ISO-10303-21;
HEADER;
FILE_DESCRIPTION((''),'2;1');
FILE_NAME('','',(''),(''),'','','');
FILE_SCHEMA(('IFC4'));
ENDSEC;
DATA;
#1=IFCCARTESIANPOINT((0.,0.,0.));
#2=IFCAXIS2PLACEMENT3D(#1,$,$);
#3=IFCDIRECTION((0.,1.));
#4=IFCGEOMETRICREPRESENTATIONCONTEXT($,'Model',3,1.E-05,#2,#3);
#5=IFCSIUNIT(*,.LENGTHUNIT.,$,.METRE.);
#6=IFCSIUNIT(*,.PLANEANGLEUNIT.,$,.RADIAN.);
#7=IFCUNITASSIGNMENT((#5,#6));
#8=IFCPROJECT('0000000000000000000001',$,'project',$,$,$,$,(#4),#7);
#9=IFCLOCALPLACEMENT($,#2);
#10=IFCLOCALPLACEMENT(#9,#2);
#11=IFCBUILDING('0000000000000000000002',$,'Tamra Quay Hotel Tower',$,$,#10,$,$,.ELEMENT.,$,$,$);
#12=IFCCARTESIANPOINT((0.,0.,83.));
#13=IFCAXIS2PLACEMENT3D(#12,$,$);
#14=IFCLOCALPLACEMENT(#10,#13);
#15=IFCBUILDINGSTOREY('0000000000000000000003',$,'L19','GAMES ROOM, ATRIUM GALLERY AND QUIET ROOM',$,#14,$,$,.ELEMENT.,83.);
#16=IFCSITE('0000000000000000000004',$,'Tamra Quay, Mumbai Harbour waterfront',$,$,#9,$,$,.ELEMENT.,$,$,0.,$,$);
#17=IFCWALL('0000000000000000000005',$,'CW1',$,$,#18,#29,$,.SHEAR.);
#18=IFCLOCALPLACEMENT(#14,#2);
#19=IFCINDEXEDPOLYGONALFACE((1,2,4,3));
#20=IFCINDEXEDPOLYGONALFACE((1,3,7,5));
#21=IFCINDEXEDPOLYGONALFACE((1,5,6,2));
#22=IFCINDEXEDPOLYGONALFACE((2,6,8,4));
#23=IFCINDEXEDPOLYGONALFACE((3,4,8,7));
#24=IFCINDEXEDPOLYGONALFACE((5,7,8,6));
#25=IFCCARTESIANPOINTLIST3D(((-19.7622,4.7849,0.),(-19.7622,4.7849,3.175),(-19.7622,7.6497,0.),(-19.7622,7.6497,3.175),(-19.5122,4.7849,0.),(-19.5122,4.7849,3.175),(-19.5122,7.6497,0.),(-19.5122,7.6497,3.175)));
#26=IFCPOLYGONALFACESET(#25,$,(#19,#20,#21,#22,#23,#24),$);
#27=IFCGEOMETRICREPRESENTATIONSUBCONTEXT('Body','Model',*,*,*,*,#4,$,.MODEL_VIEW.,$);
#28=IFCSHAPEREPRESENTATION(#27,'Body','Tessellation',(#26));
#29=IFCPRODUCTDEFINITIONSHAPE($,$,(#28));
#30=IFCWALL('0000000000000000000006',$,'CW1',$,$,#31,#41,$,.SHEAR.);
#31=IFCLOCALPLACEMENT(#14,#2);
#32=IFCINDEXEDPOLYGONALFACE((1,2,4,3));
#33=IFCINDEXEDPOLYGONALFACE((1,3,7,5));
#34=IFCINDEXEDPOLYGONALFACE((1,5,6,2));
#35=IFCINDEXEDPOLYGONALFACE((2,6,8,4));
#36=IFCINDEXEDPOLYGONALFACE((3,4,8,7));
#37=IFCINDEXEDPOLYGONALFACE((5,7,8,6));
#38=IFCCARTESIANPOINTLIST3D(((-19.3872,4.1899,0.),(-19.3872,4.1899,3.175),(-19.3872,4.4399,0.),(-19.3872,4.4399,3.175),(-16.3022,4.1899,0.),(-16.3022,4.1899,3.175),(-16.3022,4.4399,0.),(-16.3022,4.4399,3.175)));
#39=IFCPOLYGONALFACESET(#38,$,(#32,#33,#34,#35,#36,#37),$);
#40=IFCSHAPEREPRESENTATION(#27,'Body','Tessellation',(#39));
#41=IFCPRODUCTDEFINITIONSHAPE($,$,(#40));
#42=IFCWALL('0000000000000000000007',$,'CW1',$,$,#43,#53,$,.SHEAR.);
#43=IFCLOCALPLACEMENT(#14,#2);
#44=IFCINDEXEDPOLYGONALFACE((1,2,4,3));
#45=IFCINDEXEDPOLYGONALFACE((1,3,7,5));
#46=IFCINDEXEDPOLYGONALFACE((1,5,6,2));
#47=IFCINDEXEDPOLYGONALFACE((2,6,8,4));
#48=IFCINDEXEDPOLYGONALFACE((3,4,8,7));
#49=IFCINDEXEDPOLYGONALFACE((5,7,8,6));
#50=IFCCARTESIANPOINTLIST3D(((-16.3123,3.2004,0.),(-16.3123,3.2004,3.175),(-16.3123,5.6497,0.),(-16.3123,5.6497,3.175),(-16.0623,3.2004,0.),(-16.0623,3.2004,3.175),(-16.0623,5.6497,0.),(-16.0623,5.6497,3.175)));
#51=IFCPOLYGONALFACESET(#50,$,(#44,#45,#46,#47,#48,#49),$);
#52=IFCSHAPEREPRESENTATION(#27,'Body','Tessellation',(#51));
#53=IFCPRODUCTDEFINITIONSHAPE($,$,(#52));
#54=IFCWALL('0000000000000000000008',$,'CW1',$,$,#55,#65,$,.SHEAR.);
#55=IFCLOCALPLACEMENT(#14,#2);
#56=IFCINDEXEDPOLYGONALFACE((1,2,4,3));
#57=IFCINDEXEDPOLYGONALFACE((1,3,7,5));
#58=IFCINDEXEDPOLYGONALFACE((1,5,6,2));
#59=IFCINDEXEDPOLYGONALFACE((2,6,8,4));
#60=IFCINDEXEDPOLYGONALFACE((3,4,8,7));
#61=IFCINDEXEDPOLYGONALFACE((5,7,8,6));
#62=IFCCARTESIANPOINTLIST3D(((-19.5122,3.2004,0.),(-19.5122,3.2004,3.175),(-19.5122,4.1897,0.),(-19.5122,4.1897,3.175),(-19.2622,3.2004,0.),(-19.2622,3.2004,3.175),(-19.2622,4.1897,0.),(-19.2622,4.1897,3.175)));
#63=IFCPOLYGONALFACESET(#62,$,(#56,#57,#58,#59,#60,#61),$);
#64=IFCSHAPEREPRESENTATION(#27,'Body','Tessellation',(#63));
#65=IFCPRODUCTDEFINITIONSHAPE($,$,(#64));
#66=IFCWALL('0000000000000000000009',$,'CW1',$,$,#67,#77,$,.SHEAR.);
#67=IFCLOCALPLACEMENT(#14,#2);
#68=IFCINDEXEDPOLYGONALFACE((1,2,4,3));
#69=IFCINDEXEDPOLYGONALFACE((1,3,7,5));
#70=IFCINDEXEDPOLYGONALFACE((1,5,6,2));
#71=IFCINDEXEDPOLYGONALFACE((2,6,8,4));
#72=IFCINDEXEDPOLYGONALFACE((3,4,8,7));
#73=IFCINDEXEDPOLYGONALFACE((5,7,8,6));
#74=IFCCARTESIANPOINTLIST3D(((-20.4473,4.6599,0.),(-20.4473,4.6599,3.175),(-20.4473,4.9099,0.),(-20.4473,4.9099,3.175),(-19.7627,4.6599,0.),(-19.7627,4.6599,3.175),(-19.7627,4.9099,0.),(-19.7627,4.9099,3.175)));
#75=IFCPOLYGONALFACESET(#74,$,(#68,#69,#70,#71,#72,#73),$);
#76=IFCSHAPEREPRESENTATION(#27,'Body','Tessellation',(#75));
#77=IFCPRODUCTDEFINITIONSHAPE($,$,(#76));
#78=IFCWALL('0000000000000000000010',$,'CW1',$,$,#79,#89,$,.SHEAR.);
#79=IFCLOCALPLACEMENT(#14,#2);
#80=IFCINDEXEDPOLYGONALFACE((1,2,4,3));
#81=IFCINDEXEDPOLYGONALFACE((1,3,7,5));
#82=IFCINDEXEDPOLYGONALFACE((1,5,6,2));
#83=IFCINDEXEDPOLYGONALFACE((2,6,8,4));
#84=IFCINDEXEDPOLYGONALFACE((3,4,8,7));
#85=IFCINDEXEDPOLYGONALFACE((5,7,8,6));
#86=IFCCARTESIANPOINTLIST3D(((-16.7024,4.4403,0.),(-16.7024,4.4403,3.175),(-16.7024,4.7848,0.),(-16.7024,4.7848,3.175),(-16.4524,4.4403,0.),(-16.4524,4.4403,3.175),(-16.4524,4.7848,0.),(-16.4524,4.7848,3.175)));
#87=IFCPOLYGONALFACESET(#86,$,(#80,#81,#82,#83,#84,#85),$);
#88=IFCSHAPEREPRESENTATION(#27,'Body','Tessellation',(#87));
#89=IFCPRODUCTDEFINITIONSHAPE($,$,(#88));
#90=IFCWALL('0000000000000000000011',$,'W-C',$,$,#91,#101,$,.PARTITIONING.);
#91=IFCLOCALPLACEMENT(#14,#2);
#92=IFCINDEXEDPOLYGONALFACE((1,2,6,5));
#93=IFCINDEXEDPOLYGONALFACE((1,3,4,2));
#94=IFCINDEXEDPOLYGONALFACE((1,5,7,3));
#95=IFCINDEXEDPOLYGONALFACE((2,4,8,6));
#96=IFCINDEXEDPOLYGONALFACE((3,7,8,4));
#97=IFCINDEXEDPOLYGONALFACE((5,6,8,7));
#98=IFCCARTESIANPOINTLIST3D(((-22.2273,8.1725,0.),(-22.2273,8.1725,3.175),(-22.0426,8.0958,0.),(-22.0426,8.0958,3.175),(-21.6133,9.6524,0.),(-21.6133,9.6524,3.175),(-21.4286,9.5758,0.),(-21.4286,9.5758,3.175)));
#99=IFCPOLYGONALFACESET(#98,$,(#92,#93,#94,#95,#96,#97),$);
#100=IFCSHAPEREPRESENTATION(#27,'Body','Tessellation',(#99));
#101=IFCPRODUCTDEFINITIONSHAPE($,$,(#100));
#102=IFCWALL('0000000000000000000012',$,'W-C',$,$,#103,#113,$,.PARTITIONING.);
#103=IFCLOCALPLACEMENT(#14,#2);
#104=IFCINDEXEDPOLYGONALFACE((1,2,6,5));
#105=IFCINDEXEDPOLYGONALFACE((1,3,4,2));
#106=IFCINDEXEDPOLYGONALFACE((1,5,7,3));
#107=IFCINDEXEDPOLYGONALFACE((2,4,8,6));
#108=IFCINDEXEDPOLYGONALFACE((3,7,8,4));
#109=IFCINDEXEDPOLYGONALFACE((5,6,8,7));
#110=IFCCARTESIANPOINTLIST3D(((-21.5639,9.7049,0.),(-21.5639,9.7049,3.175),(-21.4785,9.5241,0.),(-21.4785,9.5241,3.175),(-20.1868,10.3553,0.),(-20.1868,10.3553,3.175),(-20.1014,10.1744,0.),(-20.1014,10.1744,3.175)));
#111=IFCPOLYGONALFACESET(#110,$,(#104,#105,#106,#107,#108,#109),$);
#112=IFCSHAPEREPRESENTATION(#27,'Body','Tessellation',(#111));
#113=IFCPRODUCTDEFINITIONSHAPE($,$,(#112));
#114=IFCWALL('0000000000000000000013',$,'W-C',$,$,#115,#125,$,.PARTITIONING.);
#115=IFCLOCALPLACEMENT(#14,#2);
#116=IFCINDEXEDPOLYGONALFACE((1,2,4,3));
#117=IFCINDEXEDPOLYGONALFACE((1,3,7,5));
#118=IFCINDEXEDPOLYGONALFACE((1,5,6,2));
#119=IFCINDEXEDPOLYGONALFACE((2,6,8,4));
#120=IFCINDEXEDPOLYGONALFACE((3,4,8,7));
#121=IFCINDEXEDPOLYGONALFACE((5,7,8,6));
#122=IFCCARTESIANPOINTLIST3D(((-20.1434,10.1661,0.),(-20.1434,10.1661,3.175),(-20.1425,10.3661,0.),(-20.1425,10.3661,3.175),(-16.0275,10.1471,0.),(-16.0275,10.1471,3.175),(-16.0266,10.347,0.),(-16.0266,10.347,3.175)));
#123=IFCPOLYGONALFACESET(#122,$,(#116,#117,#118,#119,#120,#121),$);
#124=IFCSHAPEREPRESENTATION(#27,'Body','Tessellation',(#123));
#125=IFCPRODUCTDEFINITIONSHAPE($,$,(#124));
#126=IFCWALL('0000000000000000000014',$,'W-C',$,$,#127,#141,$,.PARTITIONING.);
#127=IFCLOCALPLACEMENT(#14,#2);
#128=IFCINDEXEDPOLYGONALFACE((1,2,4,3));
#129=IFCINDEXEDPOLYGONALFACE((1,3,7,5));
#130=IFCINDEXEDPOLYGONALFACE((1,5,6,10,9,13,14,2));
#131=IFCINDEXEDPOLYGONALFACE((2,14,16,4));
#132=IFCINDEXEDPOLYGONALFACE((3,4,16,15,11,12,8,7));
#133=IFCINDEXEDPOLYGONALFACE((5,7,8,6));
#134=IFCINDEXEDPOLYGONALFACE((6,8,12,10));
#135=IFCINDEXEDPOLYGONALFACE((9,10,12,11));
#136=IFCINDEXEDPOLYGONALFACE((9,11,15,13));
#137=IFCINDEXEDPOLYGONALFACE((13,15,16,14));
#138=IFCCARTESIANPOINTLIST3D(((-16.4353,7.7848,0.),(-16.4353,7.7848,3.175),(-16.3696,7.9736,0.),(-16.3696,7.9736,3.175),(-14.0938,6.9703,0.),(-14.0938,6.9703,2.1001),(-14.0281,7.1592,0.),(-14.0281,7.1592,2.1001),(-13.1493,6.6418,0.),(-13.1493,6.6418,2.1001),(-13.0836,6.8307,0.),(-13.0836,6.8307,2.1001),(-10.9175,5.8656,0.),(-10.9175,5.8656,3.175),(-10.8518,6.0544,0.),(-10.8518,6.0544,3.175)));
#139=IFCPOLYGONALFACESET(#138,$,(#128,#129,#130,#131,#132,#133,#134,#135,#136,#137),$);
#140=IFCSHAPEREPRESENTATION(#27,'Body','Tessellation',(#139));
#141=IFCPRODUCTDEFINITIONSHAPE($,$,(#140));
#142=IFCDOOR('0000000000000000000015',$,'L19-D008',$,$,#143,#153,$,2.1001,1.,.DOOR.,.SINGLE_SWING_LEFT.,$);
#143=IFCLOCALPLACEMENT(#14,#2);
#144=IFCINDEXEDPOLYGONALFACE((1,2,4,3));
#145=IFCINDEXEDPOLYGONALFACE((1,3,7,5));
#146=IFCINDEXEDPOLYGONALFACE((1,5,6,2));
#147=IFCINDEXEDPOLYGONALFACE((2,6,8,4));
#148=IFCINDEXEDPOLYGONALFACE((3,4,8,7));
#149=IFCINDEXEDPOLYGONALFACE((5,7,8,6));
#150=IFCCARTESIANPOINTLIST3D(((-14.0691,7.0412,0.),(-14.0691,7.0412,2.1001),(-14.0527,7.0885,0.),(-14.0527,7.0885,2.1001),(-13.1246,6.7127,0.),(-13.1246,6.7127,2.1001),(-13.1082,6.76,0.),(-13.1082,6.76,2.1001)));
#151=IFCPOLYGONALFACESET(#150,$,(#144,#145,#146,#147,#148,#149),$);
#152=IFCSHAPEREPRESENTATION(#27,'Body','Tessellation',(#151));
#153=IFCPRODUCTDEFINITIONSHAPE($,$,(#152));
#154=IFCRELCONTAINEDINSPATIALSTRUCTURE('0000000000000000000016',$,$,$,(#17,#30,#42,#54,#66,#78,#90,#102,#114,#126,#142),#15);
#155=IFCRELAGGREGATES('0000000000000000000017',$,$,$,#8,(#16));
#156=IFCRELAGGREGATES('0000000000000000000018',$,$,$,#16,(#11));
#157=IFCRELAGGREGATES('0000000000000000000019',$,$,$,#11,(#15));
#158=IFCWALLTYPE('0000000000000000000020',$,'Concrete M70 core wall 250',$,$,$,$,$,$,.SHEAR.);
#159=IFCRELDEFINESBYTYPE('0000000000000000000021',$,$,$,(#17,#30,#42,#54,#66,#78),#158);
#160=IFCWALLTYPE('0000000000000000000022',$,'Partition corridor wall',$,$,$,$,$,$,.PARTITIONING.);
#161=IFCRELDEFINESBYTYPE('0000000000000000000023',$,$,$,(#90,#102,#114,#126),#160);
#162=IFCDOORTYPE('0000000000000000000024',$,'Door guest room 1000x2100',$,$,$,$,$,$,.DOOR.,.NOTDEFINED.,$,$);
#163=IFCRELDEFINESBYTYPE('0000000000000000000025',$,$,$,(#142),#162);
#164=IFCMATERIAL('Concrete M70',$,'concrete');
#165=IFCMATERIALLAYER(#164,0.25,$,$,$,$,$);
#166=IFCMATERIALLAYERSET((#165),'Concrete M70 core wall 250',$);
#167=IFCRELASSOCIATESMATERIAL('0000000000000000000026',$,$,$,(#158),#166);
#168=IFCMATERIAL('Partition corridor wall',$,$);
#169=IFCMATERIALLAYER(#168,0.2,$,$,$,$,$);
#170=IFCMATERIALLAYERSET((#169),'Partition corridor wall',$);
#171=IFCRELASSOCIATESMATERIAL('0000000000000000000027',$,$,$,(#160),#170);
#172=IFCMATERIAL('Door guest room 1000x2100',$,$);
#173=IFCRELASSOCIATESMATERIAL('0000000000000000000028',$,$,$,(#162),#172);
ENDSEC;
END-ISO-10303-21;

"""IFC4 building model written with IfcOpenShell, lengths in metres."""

from ifc_helpers import new_model, si_unit, direction, frame, frame_2d, origin, place, context, subcontext, project, spatial, rectangle, extrude, material, layer, layer_set, type_object, element, fill, save


model = new_model("IFC4")

# Units and contexts
model_context = context("Model", 3, precision=1e-05, world=origin(), true_north=direction((0.0, 1.0)))
body_context = subcontext(model_context, "Body", "Model", "MODEL_VIEW")
ifc_project = project(units=[si_unit("LENGTHUNIT", "METRE"), si_unit("PLANEANGLEUNIT", "RADIAN")], contexts=[model_context])

# Site, building, storey
site_placement = place(None, origin())
site = spatial("IfcSite", under=ifc_project, at=site_placement, Name="Tamra Quay, Mumbai Harbour waterfront", CompositionType="ELEMENT", RefElevation=0.0)
building_placement = place(site_placement, origin())
building = spatial("IfcBuilding", under=site, at=building_placement, Name="Tamra Quay Hotel Tower", CompositionType="ELEMENT")
storey_placement = place(building_placement, frame((0.0, 0.0, 83.0)))
storey = spatial("IfcBuildingStorey", under=building, at=storey_placement, Name="L19", Description="GAMES ROOM, ATRIUM GALLERY AND QUIET ROOM", CompositionType="ELEMENT", Elevation=83.0)

# Shared definitions
ifc_material_1 = material(Name="Concrete M70", Category="concrete")

# Walls
ifc_layer_1 = layer(ifc_material_1, 0.25)
ifc_layer_set_1 = layer_set([ifc_layer_1], Name="Concrete M70 core wall 250")
wall_type_1 = type_object("IfcWallType", Name="Concrete M70 core wall 250", PredefinedType="SHEAR", material=ifc_layer_set_1)
for number, where, z_axis, x_axis, name in (
    (1, (-19.6372, 4.7849, 0.0), (0.0, 0.0, 1.0), (0.0, 1.0, 0.0), "CW1"),
):
    element("IfcWall", number, at=place(storey_placement, frame(where, z_axis=z_axis, x_axis=x_axis)), inside=storey, type_object=wall_type_1, Name=name, PredefinedType="SHEAR", context=body_context, shape_type="SweptSolid", body=[
        extrude(rectangle(XDim=2.8647, YDim=0.25, at=frame_2d((1.4324, 0.0))), origin(), (0.0, 0.0, 1.0), 3.175),
    ])
wall_1_placement = place(storey_placement, frame((-16.3022, 4.3149, 0.0), z_axis=(0.0, 0.0, 1.0), x_axis=(-1.0, 0.0, 0.0)))
element("IfcWall", 2, at=wall_1_placement, inside=storey, type_object=wall_type_1, Name="CW1", PredefinedType="SHEAR", context=body_context, shape_type="SweptSolid", body=[
    extrude(rectangle(XDim=3.085, YDim=0.25, at=frame_2d((1.5425, 0.0))), origin(), (0.0, 0.0, 1.0), 3.175),
])
wall_2_placement = place(storey_placement, frame((-16.1873, 3.2004, 0.0), z_axis=(0.0, 0.0, 1.0), x_axis=(0.0, 1.0, 0.0)))
element("IfcWall", 3, at=wall_2_placement, inside=storey, type_object=wall_type_1, Name="CW1", PredefinedType="SHEAR", context=body_context, shape_type="SweptSolid", body=[
    extrude(rectangle(XDim=2.4492, YDim=0.25, at=frame_2d((1.2246, 0.0))), origin(), (0.0, 0.0, 1.0), 3.175),
])
wall_3_placement = place(storey_placement, frame((-19.3872, 4.1897, 0.0), z_axis=(0.0, 0.0, 1.0), x_axis=(0.0, -1.0, 0.0)))
element("IfcWall", 4, at=wall_3_placement, inside=storey, type_object=wall_type_1, Name="CW1", PredefinedType="SHEAR", context=body_context, shape_type="SweptSolid", body=[
    extrude(rectangle(XDim=0.9893, YDim=0.25, at=frame_2d((0.4946, 0.0))), origin(), (0.0, 0.0, 1.0), 3.175),
])
wall_4_placement = place(storey_placement, frame((-20.4473, 4.7849, 0.0), z_axis=(0.0, 0.0, 1.0), x_axis=(1.0, 0.0, 0.0)))
element("IfcWall", 5, at=wall_4_placement, inside=storey, type_object=wall_type_1, Name="CW1", PredefinedType="SHEAR", context=body_context, shape_type="SweptSolid", body=[
    extrude(rectangle(XDim=0.6846, YDim=0.25, at=frame_2d((0.3423, 0.0))), origin(), (0.0, 0.0, 1.0), 3.175),
])
wall_5_placement = place(storey_placement, frame((-16.5774, 4.7849, 0.0), z_axis=(0.0, 0.0, 1.0), x_axis=(0.0, -1.0, 0.0)))
element("IfcWall", 6, at=wall_5_placement, inside=storey, type_object=wall_type_1, Name="CW1", PredefinedType="SHEAR", context=body_context, shape_type="SweptSolid", body=[
    extrude(rectangle(XDim=0.3445, YDim=0.25, at=frame_2d((0.1724, 0.0))), origin(), (0.0, 0.0, 1.0), 3.175),
])
ifc_material_2 = material(Name="Partition corridor wall")
ifc_layer_2 = layer(ifc_material_2, 0.2)
ifc_layer_set_2 = layer_set([ifc_layer_2], Name="Partition corridor wall")
wall_type_2 = type_object("IfcWallType", Name="Partition corridor wall", PredefinedType="PARTITIONING", material=ifc_layer_set_2)
wall_6_placement = place(storey_placement, frame((-22.135, 8.134, 0.0), z_axis=(0.0, 0.0, 1.0), x_axis=(0.383208, 0.923662, 0.0)))
element("IfcWall", 7, at=wall_6_placement, inside=storey, type_object=wall_type_2, Name="W-C", PredefinedType="PARTITIONING", context=body_context, shape_type="SweptSolid", body=[
    extrude(rectangle(XDim=1.6023, YDim=0.2, at=frame_2d((0.8013, 0.0))), origin(), (0.0, 0.0, 1.0), 3.175),
])
wall_7_placement = place(storey_placement, frame((-21.5212, 9.6145, 0.0), z_axis=(0.0, 0.0, 1.0), x_axis=(0.904237, 0.427032, 0.0)))
element("IfcWall", 8, at=wall_7_placement, inside=storey, type_object=wall_type_2, Name="W-C", PredefinedType="PARTITIONING", context=body_context, shape_type="SweptSolid", body=[
    extrude(rectangle(XDim=1.5229, YDim=0.2, at=frame_2d((0.7615, 0.0))), origin(), (0.0, 0.0, 1.0), 3.175),
])
wall_8_placement = place(storey_placement, frame((-20.1431, 10.2661, 0.0), z_axis=(0.0, 0.0, 1.0), x_axis=(0.999989, -0.004627, 0.0)))
element("IfcWall", 9, at=wall_8_placement, inside=storey, type_object=wall_type_2, Name="W-C", PredefinedType="PARTITIONING", context=body_context, shape_type="SweptSolid", body=[
    extrude(rectangle(XDim=4.116, YDim=0.2, at=frame_2d((2.0581, 0.0))), origin(), (0.0, 0.0, 1.0), 3.175),
])

# Wall, opening, door
wall_9_placement = place(storey_placement, frame((-16.4023, 7.8792, 0.0), z_axis=(0.0, 0.0, 1.0), x_axis=(0.9445, -0.328513, 0.0)))
wall_9 = element("IfcWall", 10, at=wall_9_placement, inside=storey, type_object=wall_type_2, Name="W-C", PredefinedType="PARTITIONING", context=body_context, shape_type="SweptSolid", body=[
    extrude(rectangle(XDim=5.842, YDim=0.2, at=frame_2d((2.9209, 0.0))), origin(), (0.0, 0.0, 1.0), 3.175),
])
opening_1_placement = place(wall_9_placement, frame((2.479, 0.0, 0.0)))
opening_1 = element("IfcOpeningElement", 11, at=opening_1_placement, cuts=wall_9, PredefinedType="OPENING", context=body_context, shape_type="SweptSolid", body=[
    extrude(rectangle(XDim=1.0, YDim=2.1001, at=frame_2d((0.5, 1.05))), frame((0.0, 0.1099, 0.0), z_axis=(0.0, -1.0, 0.0), x_axis=(1.0, 0.0, 0.0)), (0.0, 0.0, 1.0), 0.22),
])
ifc_material_3 = material(Name="Door guest room 1000x2100")
door_type_1 = type_object("IfcDoorType", Name="Door guest room 1000x2100", OperationType="NOTDEFINED", PredefinedType="DOOR", material=ifc_material_3)
door_1_placement = place(opening_1_placement, frame((1.0, 0.0, 0.0), z_axis=(0.0, 0.0, 1.0), x_axis=(-1.0, 0.0, 0.0)))
door_1 = element("IfcDoor", 12, at=door_1_placement, inside=storey, type_object=door_type_1, Name="L19-D008", OperationType="SINGLE_SWING_LEFT", OverallHeight=2.1001, OverallWidth=1.0, PredefinedType="DOOR", context=body_context, shape_type="SweptSolid", body=[
    extrude(rectangle(XDim=1.0, YDim=2.1001, at=frame_2d((0.5, 1.05))), frame((0.0, 0.0249, 0.0), z_axis=(0.0, -1.0, 0.0), x_axis=(1.0, 0.0, 0.0)), (0.0, 0.0, 1.0), 0.05),
])
fill(opening_1, door_1)

save(model, "model.ifc")
